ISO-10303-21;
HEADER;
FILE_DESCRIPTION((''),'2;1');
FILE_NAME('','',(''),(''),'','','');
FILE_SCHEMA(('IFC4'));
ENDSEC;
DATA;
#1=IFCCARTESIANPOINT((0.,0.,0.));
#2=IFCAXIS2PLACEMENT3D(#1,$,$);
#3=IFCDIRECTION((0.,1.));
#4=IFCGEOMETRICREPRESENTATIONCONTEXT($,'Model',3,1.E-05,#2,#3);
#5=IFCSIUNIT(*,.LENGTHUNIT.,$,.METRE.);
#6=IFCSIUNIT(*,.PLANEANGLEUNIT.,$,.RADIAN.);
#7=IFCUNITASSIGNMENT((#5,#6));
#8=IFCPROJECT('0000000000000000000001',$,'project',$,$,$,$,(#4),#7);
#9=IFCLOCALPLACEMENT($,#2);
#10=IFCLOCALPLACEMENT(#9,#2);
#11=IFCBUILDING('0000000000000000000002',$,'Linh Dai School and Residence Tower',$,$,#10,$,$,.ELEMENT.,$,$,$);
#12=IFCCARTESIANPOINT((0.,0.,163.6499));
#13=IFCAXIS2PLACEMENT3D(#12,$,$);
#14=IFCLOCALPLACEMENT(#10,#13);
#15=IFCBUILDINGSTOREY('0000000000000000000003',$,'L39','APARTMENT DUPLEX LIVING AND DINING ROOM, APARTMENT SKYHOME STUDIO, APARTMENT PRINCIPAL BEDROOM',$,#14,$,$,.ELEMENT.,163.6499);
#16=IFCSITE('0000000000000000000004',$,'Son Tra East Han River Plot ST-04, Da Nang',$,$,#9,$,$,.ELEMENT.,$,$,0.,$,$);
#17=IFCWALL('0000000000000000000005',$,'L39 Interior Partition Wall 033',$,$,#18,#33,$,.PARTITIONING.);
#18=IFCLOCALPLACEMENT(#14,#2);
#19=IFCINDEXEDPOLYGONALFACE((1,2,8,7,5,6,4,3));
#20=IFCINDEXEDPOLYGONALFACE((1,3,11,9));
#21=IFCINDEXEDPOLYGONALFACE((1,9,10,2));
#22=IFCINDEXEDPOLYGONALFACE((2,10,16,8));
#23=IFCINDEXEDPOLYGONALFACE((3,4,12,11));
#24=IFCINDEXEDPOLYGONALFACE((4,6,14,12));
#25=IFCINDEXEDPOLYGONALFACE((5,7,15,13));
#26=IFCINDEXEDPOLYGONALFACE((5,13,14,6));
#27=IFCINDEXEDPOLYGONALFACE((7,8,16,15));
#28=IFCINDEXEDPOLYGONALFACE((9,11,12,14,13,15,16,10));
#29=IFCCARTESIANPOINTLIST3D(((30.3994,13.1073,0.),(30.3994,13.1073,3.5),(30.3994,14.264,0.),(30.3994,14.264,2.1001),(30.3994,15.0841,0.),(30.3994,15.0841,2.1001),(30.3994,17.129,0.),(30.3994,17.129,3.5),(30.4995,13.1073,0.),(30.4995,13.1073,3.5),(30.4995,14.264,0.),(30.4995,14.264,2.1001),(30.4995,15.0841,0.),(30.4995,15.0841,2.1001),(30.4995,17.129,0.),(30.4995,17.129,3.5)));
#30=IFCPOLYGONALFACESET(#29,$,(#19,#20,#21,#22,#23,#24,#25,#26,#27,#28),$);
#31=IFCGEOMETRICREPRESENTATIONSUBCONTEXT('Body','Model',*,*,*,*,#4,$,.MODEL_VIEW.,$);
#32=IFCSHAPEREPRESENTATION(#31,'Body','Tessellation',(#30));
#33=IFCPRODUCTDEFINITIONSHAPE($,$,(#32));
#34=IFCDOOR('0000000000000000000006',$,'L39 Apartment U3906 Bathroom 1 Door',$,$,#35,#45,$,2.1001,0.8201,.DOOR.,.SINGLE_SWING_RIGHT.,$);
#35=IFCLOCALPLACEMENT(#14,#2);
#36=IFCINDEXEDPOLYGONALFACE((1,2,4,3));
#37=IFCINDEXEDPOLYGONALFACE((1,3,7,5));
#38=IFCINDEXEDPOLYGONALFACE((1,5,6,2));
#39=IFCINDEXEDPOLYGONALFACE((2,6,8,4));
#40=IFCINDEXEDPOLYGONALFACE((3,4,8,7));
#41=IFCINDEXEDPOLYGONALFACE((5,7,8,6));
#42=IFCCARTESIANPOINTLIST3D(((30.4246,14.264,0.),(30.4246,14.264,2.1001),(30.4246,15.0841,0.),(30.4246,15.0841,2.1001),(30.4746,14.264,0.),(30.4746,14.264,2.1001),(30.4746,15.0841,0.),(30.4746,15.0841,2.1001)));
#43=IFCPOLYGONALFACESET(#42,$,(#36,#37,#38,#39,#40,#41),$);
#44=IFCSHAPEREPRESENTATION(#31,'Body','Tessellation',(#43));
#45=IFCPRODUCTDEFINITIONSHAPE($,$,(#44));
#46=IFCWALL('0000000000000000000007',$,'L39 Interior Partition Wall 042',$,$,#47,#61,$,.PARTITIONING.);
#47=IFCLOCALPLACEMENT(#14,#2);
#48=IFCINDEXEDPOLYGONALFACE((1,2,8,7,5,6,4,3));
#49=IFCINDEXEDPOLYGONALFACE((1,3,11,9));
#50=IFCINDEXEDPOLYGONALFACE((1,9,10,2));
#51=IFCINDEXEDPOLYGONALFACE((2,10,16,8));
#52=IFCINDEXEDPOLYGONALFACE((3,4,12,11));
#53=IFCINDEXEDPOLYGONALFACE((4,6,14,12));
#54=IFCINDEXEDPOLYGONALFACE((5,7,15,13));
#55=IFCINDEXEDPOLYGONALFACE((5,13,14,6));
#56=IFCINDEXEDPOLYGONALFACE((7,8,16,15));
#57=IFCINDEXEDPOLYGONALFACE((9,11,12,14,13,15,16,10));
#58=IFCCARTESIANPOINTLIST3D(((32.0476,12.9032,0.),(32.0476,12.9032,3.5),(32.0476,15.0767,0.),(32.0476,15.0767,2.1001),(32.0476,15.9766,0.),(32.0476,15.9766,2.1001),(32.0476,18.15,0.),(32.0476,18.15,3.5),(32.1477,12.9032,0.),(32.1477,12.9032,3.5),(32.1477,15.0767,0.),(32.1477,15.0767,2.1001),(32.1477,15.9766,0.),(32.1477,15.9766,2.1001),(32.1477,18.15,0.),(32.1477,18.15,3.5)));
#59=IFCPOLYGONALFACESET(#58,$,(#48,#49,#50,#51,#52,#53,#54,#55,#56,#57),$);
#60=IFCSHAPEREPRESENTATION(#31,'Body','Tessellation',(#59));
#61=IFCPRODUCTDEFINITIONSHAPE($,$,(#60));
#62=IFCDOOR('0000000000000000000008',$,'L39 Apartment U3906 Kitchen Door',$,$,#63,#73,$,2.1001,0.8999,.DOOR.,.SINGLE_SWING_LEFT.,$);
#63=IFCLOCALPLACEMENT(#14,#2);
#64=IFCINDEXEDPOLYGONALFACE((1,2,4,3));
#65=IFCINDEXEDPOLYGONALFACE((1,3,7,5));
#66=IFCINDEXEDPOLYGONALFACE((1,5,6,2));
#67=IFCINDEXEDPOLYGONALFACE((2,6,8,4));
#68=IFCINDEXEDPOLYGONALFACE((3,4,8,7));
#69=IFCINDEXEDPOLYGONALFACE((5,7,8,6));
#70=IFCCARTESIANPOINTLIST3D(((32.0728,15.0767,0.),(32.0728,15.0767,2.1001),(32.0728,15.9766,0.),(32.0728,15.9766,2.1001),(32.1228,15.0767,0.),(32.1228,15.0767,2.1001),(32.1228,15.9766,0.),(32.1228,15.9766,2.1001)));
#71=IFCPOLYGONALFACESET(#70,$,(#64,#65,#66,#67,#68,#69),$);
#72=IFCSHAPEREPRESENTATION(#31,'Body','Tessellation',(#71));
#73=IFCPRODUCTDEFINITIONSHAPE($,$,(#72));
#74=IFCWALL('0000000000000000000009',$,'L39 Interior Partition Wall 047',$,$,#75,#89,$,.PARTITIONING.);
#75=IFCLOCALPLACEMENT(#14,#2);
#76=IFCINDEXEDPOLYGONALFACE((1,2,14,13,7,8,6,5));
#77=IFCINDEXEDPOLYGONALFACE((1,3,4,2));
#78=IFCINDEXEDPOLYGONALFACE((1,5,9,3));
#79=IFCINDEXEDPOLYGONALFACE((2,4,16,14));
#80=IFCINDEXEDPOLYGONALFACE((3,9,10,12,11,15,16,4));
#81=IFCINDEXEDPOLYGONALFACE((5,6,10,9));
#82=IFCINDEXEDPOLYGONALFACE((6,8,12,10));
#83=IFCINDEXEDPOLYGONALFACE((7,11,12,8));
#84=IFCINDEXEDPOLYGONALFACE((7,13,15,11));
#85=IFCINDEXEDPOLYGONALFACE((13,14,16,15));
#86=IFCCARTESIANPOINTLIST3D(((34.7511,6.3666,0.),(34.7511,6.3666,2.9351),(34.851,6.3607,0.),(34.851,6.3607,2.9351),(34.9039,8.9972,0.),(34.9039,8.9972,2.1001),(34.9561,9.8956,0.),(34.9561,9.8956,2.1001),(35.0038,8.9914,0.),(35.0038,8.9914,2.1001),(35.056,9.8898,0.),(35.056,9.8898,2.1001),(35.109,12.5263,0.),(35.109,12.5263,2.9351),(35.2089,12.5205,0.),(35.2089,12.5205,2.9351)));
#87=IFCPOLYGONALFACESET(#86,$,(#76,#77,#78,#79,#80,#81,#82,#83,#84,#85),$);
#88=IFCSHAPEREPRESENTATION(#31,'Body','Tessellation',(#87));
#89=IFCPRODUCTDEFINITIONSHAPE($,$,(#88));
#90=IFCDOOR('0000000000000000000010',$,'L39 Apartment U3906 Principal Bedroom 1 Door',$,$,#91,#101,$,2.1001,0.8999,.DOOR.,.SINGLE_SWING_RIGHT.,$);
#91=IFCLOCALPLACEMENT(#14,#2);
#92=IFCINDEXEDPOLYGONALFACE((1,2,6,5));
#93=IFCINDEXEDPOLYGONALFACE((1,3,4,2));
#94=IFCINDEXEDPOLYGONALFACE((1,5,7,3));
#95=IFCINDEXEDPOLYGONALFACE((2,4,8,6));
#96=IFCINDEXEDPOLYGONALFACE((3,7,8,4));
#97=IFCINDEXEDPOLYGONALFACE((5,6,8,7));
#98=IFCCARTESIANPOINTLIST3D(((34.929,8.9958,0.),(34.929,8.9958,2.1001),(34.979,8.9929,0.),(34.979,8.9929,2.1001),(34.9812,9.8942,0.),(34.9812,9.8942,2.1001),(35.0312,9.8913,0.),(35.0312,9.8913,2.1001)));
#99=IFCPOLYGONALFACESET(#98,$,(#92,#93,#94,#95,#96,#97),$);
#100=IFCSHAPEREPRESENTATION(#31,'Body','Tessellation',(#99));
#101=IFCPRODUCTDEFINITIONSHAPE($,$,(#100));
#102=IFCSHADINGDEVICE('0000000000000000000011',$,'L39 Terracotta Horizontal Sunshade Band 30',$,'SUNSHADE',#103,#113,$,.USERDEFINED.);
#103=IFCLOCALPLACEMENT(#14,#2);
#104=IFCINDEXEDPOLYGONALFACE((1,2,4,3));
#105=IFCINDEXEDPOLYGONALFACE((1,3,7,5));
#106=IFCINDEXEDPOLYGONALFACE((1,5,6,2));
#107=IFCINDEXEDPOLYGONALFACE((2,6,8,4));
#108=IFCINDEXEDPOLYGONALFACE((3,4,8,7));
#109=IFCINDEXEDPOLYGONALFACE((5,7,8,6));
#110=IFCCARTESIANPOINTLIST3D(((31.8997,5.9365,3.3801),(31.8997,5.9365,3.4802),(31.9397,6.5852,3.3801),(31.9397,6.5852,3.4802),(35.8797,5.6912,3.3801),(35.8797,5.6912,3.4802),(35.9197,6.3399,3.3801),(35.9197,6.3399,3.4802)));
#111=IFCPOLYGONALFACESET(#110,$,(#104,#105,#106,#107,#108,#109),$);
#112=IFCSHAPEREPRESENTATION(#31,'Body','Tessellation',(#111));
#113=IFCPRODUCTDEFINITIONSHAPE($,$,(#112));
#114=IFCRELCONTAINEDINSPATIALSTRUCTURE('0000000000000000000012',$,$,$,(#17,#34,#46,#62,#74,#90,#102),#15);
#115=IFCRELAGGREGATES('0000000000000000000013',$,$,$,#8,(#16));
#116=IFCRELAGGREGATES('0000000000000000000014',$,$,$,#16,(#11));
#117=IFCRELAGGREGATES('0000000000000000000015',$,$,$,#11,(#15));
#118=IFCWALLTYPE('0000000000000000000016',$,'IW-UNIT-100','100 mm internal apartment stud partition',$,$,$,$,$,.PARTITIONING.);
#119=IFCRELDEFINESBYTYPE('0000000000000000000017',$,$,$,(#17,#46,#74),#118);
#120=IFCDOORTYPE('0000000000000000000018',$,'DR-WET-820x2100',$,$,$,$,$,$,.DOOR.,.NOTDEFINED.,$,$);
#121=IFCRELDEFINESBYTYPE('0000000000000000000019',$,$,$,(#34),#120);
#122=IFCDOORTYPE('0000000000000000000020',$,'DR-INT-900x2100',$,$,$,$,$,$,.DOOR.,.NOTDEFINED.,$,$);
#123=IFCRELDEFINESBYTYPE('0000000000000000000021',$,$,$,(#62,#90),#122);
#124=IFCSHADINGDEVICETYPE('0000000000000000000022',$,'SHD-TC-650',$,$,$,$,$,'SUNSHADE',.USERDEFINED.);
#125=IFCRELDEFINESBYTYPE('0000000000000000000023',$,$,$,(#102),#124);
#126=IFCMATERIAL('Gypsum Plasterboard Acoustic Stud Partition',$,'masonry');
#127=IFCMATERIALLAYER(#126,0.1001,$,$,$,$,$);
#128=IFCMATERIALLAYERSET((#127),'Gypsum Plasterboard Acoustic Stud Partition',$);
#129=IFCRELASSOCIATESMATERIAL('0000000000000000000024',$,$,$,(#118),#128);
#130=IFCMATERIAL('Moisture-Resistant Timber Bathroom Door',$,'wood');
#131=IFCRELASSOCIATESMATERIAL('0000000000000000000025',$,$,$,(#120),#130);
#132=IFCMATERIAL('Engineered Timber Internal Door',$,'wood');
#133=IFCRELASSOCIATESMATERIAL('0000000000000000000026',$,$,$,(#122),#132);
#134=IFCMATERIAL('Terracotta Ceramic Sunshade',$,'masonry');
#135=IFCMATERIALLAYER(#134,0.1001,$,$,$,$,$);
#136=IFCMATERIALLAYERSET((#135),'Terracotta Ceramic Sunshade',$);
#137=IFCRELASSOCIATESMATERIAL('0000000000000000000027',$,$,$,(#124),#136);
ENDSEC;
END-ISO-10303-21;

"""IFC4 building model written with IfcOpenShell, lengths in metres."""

from ifc_helpers import new_model, si_unit, direction, frame, frame_2d, origin, origin_2d, place, context, subcontext, project, spatial, rectangle, extrude, source, transform, mapped, material, layer, layer_set, type_object, element, fill, save


model = new_model("IFC4")

# Units and contexts
model_context = context("Model", 3, precision=1e-05, world=origin(), true_north=direction((0.0, 1.0)))
body_context = subcontext(model_context, "Body", "Model", "MODEL_VIEW")
ifc_project = project(units=[si_unit("LENGTHUNIT", "METRE"), si_unit("PLANEANGLEUNIT", "RADIAN")], contexts=[model_context])

# Site, building, storey
site_placement = place(None, origin())
site = spatial("IfcSite", under=ifc_project, at=site_placement, Name="Son Tra East Han River Plot ST-04, Da Nang", CompositionType="ELEMENT", RefElevation=0.0)
building_placement = place(site_placement, origin())
building = spatial("IfcBuilding", under=site, at=building_placement, Name="Linh Dai School and Residence Tower", CompositionType="ELEMENT")
storey_placement = place(building_placement, frame((0.0, 0.0, 163.6499)))
storey = spatial("IfcBuildingStorey", under=building, at=storey_placement, Name="L39", Description="APARTMENT DUPLEX LIVING AND DINING ROOM, APARTMENT SKYHOME STUDIO, APARTMENT PRINCIPAL BEDROOM", CompositionType="ELEMENT", Elevation=163.6499)

# Shared definitions
ifc_material_1 = material(Name="Gypsum Plasterboard Acoustic Stud Partition", Category="masonry")
ifc_layer_1 = layer(ifc_material_1, 0.1001)
ifc_layer_set_1 = layer_set([ifc_layer_1], Name="Gypsum Plasterboard Acoustic Stud Partition")
wall_type_1 = type_object("IfcWallType", Name="IW-UNIT-100", Description="100 mm internal apartment stud partition", PredefinedType="PARTITIONING", material=ifc_layer_set_1)

# Walls, openings, doors
wall_1_placement = place(storey_placement, frame((30.4495, 13.1074, 0.0), z_axis=(0.0, 0.0, 1.0), x_axis=(0.0, 1.0, 0.0)))
wall_1 = element("IfcWall", 1, at=wall_1_placement, inside=storey, type_object=wall_type_1, Name="L39 Interior Partition Wall 033", PredefinedType="PARTITIONING", context=body_context, shape_type="SweptSolid", body=[
    extrude(rectangle(XDim=4.0217, YDim=0.1001, at=frame_2d((2.0107, 0.0))), origin(), (0.0, 0.0, 1.0), 3.5),
])
opening_1_placement = place(wall_1_placement, frame((1.1565, 0.0, 0.0)))
opening_1 = element("IfcOpeningElement", 2, at=opening_1_placement, cuts=wall_1, PredefinedType="OPENING", context=body_context, shape_type="SweptSolid", body=[
    extrude(rectangle(XDim=0.8201, YDim=2.1001, at=origin_2d()), frame((0.4102, 0.0601, 1.05), z_axis=(0.0, -1.0, 0.0), x_axis=(1.0, 0.0, 0.0)), (0.0, 0.0, 1.0), 0.1201),
])
ifc_material_2 = material(Name="Moisture-Resistant Timber Bathroom Door", Category="wood")
door_type_1 = type_object("IfcDoorType", Name="DR-WET-820x2100", OperationType="NOTDEFINED", PredefinedType="DOOR", material=ifc_material_2)
shared_shape_1 = source(origin(), body_context, "Body", "SweptSolid", [
    extrude(rectangle(XDim=0.8201, YDim=2.1001, at=origin_2d()), frame((0.4102, 0.0249, 1.05), z_axis=(0.0, -1.0, 0.0), x_axis=(1.0, 0.0, 0.0)), (0.0, 0.0, 1.0), 0.05),
])
door_1_placement = place(opening_1_placement, origin())
door_1 = element("IfcDoor", 3, at=door_1_placement, inside=storey, type_object=door_type_1, Name="L39 Apartment U3906 Bathroom 1 Door", OperationType="SINGLE_SWING_RIGHT", OverallHeight=2.1001, OverallWidth=0.8201, PredefinedType="DOOR", context=body_context, shape_type="MappedRepresentation", body=[
    mapped(shared_shape_1, transform((0.0, 0.0, 0.0), x_axis=(1.0, 0.0, 0.0), y_axis=(0.0, 1.0, 0.0), z_axis=(0.0, 0.0, 1.0), scale=1.0)),
])
fill(opening_1, door_1)
wall_2_placement = place(storey_placement, frame((32.0977, 12.9031, 0.0), z_axis=(0.0, 0.0, 1.0), x_axis=(0.0, 1.0, 0.0)))
wall_2 = element("IfcWall", 4, at=wall_2_placement, inside=storey, type_object=wall_type_1, Name="L39 Interior Partition Wall 042", PredefinedType="PARTITIONING", context=body_context, shape_type="SweptSolid", body=[
    extrude(rectangle(XDim=5.2468, YDim=0.1001, at=frame_2d((2.6235, 0.0))), origin(), (0.0, 0.0, 1.0), 3.5),
])
opening_2_placement = place(wall_2_placement, frame((2.1736, 0.0, 0.0)))
opening_2 = element("IfcOpeningElement", 5, at=opening_2_placement, cuts=wall_2, PredefinedType="OPENING", context=body_context, shape_type="SweptSolid", body=[
    extrude(rectangle(XDim=0.8999, YDim=2.1001, at=origin_2d()), frame((0.45, 0.0601, 1.05), z_axis=(0.0, -1.0, 0.0), x_axis=(1.0, 0.0, 0.0)), (0.0, 0.0, 1.0), 0.1201),
])
ifc_material_3 = material(Name="Engineered Timber Internal Door", Category="wood")
door_type_2 = type_object("IfcDoorType", Name="DR-INT-900x2100", OperationType="NOTDEFINED", PredefinedType="DOOR", material=ifc_material_3)
shared_shape_2 = source(origin(), body_context, "Body", "SweptSolid", [
    extrude(rectangle(XDim=0.8999, YDim=2.1001, at=origin_2d()), frame((0.45, 0.0249, 1.05), z_axis=(0.0, -1.0, 0.0), x_axis=(1.0, 0.0, 0.0)), (0.0, 0.0, 1.0), 0.05),
])
door_2_placement = place(opening_2_placement, origin())
door_2 = element("IfcDoor", 6, at=door_2_placement, inside=storey, type_object=door_type_2, Name="L39 Apartment U3906 Kitchen Door", OperationType="SINGLE_SWING_LEFT", OverallHeight=2.1001, OverallWidth=0.8999, PredefinedType="DOOR", context=body_context, shape_type="MappedRepresentation", body=[
    mapped(shared_shape_2, transform((0.0, 0.0, 0.0), x_axis=(1.0, 0.0, 0.0), y_axis=(0.0, 1.0, 0.0), z_axis=(0.0, 0.0, 1.0), scale=1.0)),
])
fill(opening_2, door_2)
wall_3_placement = place(storey_placement, frame((34.801, 6.3638, 0.0), z_axis=(0.0, 0.0, 1.0), x_axis=(0.058008, 0.998316, 0.0)))
wall_3 = element("IfcWall", 7, at=wall_3_placement, inside=storey, type_object=wall_type_1, Name="L39 Interior Partition Wall 047", PredefinedType="PARTITIONING", context=body_context, shape_type="SweptSolid", body=[
    extrude(rectangle(XDim=6.1702, YDim=0.1001, at=frame_2d((3.085, 0.0))), origin(), (0.0, 0.0, 1.0), 2.9351),
])
opening_3_placement = place(wall_3_placement, frame((2.635, 0.0, 0.0)))
opening_3 = element("IfcOpeningElement", 8, at=opening_3_placement, cuts=wall_3, PredefinedType="OPENING", context=body_context, shape_type="SweptSolid", body=[
    extrude(rectangle(XDim=0.8999, YDim=2.1001, at=origin_2d()), frame((0.45, 0.0601, 1.05), z_axis=(0.0, -1.0, 0.0), x_axis=(1.0, 0.0, 0.0)), (0.0, 0.0, 1.0), 0.1201),
])
door_3_placement = place(opening_3_placement, origin())
door_3 = element("IfcDoor", 9, at=door_3_placement, inside=storey, type_object=door_type_2, Name="L39 Apartment U3906 Principal Bedroom 1 Door", OperationType="SINGLE_SWING_RIGHT", OverallHeight=2.1001, OverallWidth=0.8999, PredefinedType="DOOR", context=body_context, shape_type="MappedRepresentation", body=[
    mapped(shared_shape_2, transform((0.0, 0.0, 0.0), x_axis=(1.0, 0.0, 0.0), y_axis=(0.0, 1.0, 0.0), z_axis=(0.0, 0.0, 1.0), scale=1.0)),
])
fill(opening_3, door_3)

# Shading device
ifc_material_4 = material(Name="Terracotta Ceramic Sunshade", Category="masonry")
ifc_layer_2 = layer(ifc_material_4, 0.1001)
ifc_layer_set_2 = layer_set([ifc_layer_2], Name="Terracotta Ceramic Sunshade")
shading_device_type = type_object("IfcShadingDeviceType", Name="SHD-TC-650", ElementType="SUNSHADE", PredefinedType="USERDEFINED", material=ifc_layer_set_2)
shared_shape_3 = source(origin(), body_context, "Body", "SweptSolid", [
    extrude(rectangle(XDim=3.9875, YDim=0.6499, at=origin_2d()), origin(), (0.0, 0.0, 1.0), 0.1001),
])
shading_device_placement = place(storey_placement, frame((33.9097, 6.1382, 3.3801), z_axis=(0.0, 0.0, 1.0), x_axis=(-0.998106, 0.061512, 0.0)))
element("IfcShadingDevice", 10, at=shading_device_placement, inside=storey, type_object=shading_device_type, Name="L39 Terracotta Horizontal Sunshade Band 30", ObjectType="SUNSHADE", PredefinedType="USERDEFINED", context=body_context, shape_type="MappedRepresentation", body=[
    mapped(shared_shape_3, transform((0.0, 0.0, 0.0), x_axis=(1.0, 0.0, 0.0), y_axis=(0.0, 1.0, 0.0), z_axis=(0.0, 0.0, 1.0), scale=1.0)),
])

save(model, "model.ifc")
